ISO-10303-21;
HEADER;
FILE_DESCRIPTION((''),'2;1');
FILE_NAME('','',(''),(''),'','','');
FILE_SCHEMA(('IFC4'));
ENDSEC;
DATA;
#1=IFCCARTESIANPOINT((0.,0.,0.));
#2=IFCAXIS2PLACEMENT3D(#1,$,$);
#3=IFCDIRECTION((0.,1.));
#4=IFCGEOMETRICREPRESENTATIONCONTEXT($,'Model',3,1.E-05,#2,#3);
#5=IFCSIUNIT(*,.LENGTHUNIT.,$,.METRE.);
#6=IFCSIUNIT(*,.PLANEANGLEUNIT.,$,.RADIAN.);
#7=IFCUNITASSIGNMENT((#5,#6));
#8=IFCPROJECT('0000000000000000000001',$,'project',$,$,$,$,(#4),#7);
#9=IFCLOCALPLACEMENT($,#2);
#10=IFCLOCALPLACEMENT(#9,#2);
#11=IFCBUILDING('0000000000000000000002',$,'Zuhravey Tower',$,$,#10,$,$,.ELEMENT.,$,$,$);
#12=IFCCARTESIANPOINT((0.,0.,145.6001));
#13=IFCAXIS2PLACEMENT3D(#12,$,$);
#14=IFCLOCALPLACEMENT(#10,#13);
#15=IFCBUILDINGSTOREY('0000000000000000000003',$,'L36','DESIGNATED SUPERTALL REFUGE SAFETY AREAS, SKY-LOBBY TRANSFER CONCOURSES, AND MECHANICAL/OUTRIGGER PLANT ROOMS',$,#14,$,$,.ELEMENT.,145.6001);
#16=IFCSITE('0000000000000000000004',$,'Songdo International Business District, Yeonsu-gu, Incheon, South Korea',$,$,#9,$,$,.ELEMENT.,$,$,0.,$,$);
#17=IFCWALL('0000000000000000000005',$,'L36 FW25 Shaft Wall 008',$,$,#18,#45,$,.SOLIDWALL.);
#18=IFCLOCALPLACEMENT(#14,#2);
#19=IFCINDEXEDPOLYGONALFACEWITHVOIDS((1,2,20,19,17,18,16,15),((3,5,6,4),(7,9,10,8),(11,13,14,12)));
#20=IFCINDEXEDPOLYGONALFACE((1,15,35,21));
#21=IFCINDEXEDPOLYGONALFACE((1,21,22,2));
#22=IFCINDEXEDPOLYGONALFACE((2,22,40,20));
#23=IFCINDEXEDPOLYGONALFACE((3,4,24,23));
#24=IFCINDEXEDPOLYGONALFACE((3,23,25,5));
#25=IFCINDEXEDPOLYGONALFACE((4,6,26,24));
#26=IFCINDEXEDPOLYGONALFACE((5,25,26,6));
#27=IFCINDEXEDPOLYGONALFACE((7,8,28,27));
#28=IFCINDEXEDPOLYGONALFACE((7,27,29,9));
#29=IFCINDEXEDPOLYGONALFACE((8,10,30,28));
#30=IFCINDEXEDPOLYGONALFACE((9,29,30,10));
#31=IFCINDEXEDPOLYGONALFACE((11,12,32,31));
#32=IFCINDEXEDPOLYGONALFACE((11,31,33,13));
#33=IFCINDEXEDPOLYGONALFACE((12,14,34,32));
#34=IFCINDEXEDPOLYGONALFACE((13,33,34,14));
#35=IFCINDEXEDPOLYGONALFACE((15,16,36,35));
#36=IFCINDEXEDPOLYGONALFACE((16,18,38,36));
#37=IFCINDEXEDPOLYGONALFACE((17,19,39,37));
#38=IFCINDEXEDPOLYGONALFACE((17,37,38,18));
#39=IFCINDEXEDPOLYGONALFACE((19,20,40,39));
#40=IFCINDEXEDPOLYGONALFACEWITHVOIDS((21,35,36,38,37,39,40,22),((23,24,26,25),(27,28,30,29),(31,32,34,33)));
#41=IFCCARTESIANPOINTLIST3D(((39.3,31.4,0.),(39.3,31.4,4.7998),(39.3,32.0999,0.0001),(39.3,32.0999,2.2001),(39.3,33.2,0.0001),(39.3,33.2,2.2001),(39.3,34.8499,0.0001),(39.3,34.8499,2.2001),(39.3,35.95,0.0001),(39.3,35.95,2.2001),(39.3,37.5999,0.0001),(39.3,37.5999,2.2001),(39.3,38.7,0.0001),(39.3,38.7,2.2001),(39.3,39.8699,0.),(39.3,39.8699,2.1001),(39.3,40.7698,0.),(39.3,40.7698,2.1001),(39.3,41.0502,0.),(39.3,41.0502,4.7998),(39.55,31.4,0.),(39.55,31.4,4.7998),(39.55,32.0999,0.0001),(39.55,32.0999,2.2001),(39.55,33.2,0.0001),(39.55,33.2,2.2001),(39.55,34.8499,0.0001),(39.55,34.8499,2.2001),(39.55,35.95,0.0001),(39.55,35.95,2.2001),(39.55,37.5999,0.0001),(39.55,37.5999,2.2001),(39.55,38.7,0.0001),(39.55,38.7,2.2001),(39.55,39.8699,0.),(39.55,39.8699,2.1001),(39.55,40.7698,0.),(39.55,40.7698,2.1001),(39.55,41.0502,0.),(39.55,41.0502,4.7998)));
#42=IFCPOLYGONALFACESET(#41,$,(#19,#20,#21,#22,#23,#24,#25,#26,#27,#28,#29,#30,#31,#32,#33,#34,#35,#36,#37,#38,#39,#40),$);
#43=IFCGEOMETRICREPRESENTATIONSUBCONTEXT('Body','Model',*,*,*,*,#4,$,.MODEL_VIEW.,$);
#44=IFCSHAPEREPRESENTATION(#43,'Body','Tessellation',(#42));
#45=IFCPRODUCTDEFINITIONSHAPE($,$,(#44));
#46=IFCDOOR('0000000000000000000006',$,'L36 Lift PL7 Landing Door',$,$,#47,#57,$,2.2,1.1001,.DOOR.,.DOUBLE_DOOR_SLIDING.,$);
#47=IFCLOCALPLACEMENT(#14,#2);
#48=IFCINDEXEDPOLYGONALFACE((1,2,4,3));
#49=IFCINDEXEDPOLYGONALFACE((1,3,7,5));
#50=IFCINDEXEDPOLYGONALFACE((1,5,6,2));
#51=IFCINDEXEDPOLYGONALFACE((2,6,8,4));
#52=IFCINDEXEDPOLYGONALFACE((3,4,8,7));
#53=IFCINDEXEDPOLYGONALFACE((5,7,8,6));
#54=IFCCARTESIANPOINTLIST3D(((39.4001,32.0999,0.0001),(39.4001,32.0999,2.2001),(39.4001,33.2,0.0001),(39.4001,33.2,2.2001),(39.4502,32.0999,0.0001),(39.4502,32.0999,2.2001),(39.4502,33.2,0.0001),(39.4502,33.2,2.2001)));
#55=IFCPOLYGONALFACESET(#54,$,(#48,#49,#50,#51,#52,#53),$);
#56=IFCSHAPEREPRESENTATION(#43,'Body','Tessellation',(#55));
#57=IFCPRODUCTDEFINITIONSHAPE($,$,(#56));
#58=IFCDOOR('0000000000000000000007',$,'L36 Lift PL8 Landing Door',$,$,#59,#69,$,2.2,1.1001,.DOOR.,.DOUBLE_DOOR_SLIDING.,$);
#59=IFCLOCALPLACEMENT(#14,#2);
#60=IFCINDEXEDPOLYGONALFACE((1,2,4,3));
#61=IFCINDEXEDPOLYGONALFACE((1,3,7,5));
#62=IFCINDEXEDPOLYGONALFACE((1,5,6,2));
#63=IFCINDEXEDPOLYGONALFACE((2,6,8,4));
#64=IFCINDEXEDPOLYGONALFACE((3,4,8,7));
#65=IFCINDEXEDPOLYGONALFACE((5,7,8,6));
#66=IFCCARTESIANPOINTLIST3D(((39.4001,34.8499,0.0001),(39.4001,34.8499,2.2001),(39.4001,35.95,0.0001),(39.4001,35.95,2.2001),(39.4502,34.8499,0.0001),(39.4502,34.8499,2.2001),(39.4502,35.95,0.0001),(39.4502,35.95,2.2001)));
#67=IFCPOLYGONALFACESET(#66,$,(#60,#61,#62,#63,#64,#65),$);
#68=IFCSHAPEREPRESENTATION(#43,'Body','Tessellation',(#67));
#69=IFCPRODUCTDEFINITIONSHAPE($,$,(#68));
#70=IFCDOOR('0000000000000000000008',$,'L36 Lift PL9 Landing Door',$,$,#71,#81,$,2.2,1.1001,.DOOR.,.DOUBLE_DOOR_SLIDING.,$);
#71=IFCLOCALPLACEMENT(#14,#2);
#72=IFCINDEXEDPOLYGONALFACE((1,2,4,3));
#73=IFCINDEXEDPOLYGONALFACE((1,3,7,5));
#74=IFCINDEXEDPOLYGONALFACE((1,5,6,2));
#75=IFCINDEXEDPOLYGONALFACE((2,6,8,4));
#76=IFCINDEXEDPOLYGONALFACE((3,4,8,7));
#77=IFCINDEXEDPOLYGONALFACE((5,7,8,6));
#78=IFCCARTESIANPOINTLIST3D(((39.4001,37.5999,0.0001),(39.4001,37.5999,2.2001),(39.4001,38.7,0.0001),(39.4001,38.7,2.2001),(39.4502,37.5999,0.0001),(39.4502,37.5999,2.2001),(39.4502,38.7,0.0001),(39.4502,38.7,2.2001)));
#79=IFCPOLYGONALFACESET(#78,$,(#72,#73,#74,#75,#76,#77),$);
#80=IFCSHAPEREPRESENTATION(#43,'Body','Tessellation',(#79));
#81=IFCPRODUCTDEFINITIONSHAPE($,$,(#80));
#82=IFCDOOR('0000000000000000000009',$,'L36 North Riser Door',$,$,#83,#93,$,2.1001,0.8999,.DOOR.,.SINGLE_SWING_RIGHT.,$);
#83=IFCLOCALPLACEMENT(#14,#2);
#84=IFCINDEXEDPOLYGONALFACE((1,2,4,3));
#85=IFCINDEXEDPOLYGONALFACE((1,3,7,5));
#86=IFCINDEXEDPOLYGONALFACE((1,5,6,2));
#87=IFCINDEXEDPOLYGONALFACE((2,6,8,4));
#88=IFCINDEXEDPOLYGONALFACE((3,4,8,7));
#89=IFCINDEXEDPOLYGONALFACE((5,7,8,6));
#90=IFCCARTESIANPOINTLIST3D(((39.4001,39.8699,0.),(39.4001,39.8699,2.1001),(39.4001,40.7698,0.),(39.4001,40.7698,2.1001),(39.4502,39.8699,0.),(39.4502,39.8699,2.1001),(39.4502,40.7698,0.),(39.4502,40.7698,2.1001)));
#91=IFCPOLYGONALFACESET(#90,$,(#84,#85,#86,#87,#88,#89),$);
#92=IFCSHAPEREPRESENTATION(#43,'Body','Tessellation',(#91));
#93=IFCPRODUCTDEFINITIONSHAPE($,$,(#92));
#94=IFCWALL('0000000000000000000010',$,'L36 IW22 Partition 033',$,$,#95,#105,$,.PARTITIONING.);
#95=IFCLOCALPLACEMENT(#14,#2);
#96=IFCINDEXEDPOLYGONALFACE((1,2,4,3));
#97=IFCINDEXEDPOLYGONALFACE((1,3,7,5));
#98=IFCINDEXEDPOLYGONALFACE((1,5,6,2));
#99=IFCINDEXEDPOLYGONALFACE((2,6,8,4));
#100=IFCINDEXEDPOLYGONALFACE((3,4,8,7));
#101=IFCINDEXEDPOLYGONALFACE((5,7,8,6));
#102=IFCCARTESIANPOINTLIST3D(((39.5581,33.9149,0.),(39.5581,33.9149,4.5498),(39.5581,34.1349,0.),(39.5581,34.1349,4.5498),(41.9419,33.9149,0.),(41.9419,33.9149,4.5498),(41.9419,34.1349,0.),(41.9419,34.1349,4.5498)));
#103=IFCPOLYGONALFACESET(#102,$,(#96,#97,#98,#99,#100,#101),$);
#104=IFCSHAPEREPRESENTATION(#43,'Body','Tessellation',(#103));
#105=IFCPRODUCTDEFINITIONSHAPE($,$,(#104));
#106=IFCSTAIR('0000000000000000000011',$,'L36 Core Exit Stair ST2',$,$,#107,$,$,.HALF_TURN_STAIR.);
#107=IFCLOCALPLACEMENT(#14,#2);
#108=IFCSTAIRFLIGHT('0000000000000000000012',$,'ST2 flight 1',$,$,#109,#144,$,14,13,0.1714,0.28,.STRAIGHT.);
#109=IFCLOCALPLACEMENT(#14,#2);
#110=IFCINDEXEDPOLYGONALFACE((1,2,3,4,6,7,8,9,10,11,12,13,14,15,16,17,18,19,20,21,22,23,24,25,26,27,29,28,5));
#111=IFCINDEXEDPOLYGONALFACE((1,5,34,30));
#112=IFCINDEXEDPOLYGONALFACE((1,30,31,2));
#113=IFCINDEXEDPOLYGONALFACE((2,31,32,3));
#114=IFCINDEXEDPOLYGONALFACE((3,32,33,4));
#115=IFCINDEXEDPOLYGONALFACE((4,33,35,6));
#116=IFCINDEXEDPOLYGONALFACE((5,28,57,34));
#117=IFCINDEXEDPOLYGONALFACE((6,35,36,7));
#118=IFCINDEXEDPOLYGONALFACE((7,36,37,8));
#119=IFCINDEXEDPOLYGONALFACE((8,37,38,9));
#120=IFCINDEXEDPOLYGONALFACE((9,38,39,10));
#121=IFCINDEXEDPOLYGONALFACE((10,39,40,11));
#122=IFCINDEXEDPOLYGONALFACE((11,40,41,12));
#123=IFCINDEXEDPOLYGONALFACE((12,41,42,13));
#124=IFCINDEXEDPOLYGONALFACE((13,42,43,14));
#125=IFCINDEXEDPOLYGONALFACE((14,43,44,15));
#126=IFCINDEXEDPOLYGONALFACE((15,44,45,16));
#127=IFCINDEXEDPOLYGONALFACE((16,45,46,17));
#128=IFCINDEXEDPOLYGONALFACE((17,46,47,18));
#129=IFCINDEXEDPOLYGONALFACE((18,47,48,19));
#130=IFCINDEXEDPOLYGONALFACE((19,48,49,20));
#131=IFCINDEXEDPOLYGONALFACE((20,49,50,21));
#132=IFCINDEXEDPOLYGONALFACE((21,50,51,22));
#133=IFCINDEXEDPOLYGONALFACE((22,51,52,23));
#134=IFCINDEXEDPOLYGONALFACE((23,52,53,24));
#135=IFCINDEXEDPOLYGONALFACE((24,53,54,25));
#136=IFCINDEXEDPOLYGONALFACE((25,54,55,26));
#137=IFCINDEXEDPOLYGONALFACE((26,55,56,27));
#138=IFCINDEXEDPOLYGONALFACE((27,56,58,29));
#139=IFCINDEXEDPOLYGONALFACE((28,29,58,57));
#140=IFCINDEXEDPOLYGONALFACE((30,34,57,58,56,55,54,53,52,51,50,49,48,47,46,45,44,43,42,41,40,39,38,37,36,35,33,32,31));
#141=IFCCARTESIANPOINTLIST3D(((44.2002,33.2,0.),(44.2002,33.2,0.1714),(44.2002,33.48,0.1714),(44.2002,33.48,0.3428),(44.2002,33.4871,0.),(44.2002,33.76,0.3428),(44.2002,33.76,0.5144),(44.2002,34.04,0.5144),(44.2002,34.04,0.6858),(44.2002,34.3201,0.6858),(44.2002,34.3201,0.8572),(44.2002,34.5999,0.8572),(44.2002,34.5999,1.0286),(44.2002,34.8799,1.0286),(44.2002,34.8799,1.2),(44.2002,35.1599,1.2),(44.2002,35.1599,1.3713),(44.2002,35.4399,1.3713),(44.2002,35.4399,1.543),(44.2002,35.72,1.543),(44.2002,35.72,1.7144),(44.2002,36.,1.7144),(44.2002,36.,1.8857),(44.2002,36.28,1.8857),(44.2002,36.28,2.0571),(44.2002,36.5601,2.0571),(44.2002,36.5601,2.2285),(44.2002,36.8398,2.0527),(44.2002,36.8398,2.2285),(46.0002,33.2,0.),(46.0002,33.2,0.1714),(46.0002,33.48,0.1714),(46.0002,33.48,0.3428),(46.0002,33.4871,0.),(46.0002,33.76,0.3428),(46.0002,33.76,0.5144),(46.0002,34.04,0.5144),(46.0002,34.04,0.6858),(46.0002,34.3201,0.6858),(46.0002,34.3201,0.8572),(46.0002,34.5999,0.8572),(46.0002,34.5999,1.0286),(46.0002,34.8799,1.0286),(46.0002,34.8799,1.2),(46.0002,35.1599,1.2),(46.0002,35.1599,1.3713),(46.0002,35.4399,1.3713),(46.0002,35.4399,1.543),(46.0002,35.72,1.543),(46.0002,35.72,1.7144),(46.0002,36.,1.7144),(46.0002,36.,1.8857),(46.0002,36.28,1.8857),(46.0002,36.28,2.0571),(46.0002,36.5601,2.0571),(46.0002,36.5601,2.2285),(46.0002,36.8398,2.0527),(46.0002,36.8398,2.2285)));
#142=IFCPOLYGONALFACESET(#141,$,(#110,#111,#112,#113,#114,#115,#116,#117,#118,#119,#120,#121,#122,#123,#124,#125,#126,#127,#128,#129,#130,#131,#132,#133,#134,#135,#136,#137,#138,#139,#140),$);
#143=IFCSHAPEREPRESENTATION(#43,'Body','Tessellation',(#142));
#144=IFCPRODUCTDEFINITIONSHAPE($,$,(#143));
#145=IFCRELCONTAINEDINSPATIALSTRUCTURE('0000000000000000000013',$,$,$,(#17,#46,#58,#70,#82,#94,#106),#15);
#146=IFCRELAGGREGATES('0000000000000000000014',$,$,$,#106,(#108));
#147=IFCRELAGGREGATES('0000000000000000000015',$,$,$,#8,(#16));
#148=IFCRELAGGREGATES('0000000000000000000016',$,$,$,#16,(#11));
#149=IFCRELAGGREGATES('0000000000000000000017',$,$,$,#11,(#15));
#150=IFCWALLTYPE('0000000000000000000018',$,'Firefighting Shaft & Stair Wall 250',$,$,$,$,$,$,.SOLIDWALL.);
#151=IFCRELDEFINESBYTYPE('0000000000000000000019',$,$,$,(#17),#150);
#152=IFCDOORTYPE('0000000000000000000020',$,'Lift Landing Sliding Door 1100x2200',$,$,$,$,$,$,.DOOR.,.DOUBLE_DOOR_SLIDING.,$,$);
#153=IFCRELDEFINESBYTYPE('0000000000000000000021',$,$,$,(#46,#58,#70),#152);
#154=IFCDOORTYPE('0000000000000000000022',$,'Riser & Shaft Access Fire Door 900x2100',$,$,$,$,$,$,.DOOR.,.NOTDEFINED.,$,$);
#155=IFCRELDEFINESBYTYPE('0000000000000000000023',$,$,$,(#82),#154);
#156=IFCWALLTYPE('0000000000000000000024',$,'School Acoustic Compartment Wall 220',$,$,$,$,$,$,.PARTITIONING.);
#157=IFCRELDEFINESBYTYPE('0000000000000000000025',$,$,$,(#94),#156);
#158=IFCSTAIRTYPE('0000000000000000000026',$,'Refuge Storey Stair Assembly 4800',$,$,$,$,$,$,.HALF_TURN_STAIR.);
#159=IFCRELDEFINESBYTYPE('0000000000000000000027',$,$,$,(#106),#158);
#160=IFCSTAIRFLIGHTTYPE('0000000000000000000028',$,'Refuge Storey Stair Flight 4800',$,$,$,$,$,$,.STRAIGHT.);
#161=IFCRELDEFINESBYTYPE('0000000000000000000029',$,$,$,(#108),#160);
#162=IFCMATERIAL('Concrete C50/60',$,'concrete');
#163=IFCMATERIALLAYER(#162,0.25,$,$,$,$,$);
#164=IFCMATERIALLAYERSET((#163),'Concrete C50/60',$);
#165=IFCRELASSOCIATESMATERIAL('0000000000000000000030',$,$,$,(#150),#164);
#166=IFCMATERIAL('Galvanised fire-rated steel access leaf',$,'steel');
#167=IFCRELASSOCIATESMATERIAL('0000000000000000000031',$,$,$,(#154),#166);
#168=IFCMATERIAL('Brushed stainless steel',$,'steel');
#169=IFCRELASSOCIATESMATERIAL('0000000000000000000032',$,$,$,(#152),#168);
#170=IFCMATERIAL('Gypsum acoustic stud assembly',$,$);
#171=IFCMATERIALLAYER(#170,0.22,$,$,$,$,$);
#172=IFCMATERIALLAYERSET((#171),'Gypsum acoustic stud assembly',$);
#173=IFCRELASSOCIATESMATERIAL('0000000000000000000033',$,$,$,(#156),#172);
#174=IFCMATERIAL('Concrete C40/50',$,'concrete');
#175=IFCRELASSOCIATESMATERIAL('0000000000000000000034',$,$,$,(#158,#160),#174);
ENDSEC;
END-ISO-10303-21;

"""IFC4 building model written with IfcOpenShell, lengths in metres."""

from ifc_helpers import new_model, si_unit, direction, frame, frame_2d, origin, place, context, subcontext, project, spatial, polyline, rectangle, outline, extrude, material, layer, layer_set, type_object, element, fill, aggregate, save


model = new_model("IFC4")

# Units and contexts
model_context = context("Model", 3, precision=1e-05, world=origin(), true_north=direction((0.0, 1.0)))
body_context = subcontext(model_context, "Body", "Model", "MODEL_VIEW")
ifc_project = project(units=[si_unit("LENGTHUNIT", "METRE"), si_unit("PLANEANGLEUNIT", "RADIAN")], contexts=[model_context])

# Site, building, storey
site_placement = place(None, origin())
site = spatial("IfcSite", under=ifc_project, at=site_placement, Name="Songdo International Business District, Yeonsu-gu, Incheon, South Korea", CompositionType="ELEMENT", RefElevation=0.0)
building_placement = place(site_placement, origin())
building = spatial("IfcBuilding", under=site, at=building_placement, Name="Zuhravey Tower", CompositionType="ELEMENT")
storey_placement = place(building_placement, frame((0.0, 0.0, 145.6001)))
storey = spatial("IfcBuildingStorey", under=building, at=storey_placement, Name="L36", Description="DESIGNATED SUPERTALL REFUGE SAFETY AREAS, SKY-LOBBY TRANSFER CONCOURSES, AND MECHANICAL/OUTRIGGER PLANT ROOMS", CompositionType="ELEMENT", Elevation=145.6001)

# Shared definitions
ifc_material_1 = material(Name="Concrete C50/60", Category="concrete")
ifc_layer_1 = layer(ifc_material_1, 0.25)
ifc_layer_set_1 = layer_set([ifc_layer_1], Name="Concrete C50/60")
wall_type_1 = type_object("IfcWallType", Name="Firefighting Shaft & Stair Wall 250", PredefinedType="SOLIDWALL", material=ifc_layer_set_1)

# Wall, openings, doors
ifc_material_2 = material(Name="Galvanised fire-rated steel access leaf", Category="steel")
door_type_1 = type_object("IfcDoorType", Name="Riser & Shaft Access Fire Door 900x2100", OperationType="NOTDEFINED", PredefinedType="DOOR", material=ifc_material_2)
wall_1_placement = place(storey_placement, frame((39.425, 31.3999, 0.0), z_axis=(0.0, 0.0, 1.0), x_axis=(0.0, 1.0, 0.0)))
wall_1 = element("IfcWall", 1, at=wall_1_placement, inside=storey, type_object=wall_type_1, Name="L36 FW25 Shaft Wall 008", PredefinedType="SOLIDWALL", context=body_context, shape_type="SweptSolid", body=[
    extrude(rectangle(XDim=9.6501, YDim=0.25, at=frame_2d((4.8252, 0.0))), origin(), (0.0, 0.0, 1.0), 4.7998),
])
opening_1_placement = place(wall_1_placement, frame((0.7, 0.0, 0.0)))
opening_1 = element("IfcOpeningElement", 2, at=opening_1_placement, cuts=wall_1, PredefinedType="OPENING", context=body_context, shape_type="SweptSolid", body=[
    extrude(rectangle(XDim=1.1001, YDim=2.2, at=frame_2d((0.55, 1.1001))), frame((0.0, 0.137, 0.0), z_axis=(0.0, -1.0, 0.0), x_axis=(1.0, 0.0, 0.0)), (0.0, 0.0, 1.0), 0.2739),
])
opening_2_placement = place(wall_1_placement, frame((3.45, 0.0, 0.0)))
opening_2 = element("IfcOpeningElement", 3, at=opening_2_placement, cuts=wall_1, PredefinedType="OPENING", context=body_context, shape_type="SweptSolid", body=[
    extrude(rectangle(XDim=1.1001, YDim=2.2, at=frame_2d((0.55, 1.1001))), frame((0.0, 0.137, 0.0), z_axis=(0.0, -1.0, 0.0), x_axis=(1.0, 0.0, 0.0)), (0.0, 0.0, 1.0), 0.2739),
])
opening_3_placement = place(wall_1_placement, frame((6.2, 0.0, 0.0)))
opening_3 = element("IfcOpeningElement", 4, at=opening_3_placement, cuts=wall_1, PredefinedType="OPENING", context=body_context, shape_type="SweptSolid", body=[
    extrude(rectangle(XDim=1.1001, YDim=2.2, at=frame_2d((0.55, 1.1001))), frame((0.0, 0.137, 0.0), z_axis=(0.0, -1.0, 0.0), x_axis=(1.0, 0.0, 0.0)), (0.0, 0.0, 1.0), 0.2739),
])
opening_4_placement = place(wall_1_placement, frame((8.47, 0.0, 0.0)))
opening_4 = element("IfcOpeningElement", 5, at=opening_4_placement, cuts=wall_1, PredefinedType="OPENING", context=body_context, shape_type="SweptSolid", body=[
    extrude(rectangle(XDim=0.8999, YDim=2.1001, at=frame_2d((0.45, 1.05))), frame((0.0, 0.137, 0.0), z_axis=(0.0, -1.0, 0.0), x_axis=(1.0, 0.0, 0.0)), (0.0, 0.0, 1.0), 0.2739),
])
ifc_material_3 = material(Name="Brushed stainless steel", Category="steel")
door_type_2 = type_object("IfcDoorType", Name="Lift Landing Sliding Door 1100x2200", OperationType="DOUBLE_DOOR_SLIDING", PredefinedType="DOOR", material=ifc_material_3)
door_1_placement = place(opening_1_placement, origin())
door_1 = element("IfcDoor", 6, at=door_1_placement, inside=storey, type_object=door_type_2, Name="L36 Lift PL7 Landing Door", OperationType="DOUBLE_DOOR_SLIDING", OverallHeight=2.2, OverallWidth=1.1001, PredefinedType="DOOR", context=body_context, shape_type="SweptSolid", body=[
    extrude(rectangle(XDim=1.1001, YDim=2.2, at=frame_2d((0.55, 1.1001))), frame((0.0, 0.0249, 0.0), z_axis=(0.0, -1.0, 0.0), x_axis=(1.0, 0.0, 0.0)), (0.0, 0.0, 1.0), 0.05),
])
fill(opening_1, door_1)
door_2_placement = place(opening_2_placement, origin())
door_2 = element("IfcDoor", 7, at=door_2_placement, inside=storey, type_object=door_type_2, Name="L36 Lift PL8 Landing Door", OperationType="DOUBLE_DOOR_SLIDING", OverallHeight=2.2, OverallWidth=1.1001, PredefinedType="DOOR", context=body_context, shape_type="SweptSolid", body=[
    extrude(rectangle(XDim=1.1001, YDim=2.2, at=frame_2d((0.55, 1.1001))), frame((0.0, 0.0249, 0.0), z_axis=(0.0, -1.0, 0.0), x_axis=(1.0, 0.0, 0.0)), (0.0, 0.0, 1.0), 0.05),
])
fill(opening_2, door_2)
door_3_placement = place(opening_3_placement, origin())
door_3 = element("IfcDoor", 8, at=door_3_placement, inside=storey, type_object=door_type_2, Name="L36 Lift PL9 Landing Door", OperationType="DOUBLE_DOOR_SLIDING", OverallHeight=2.2, OverallWidth=1.1001, PredefinedType="DOOR", context=body_context, shape_type="SweptSolid", body=[
    extrude(rectangle(XDim=1.1001, YDim=2.2, at=frame_2d((0.55, 1.1001))), frame((0.0, 0.0249, 0.0), z_axis=(0.0, -1.0, 0.0), x_axis=(1.0, 0.0, 0.0)), (0.0, 0.0, 1.0), 0.05),
])
fill(opening_3, door_3)
door_4_placement = place(opening_4_placement, origin())
door_4 = element("IfcDoor", 9, at=door_4_placement, inside=storey, type_object=door_type_1, Name="L36 North Riser Door", OperationType="SINGLE_SWING_RIGHT", OverallHeight=2.1001, OverallWidth=0.8999, PredefinedType="DOOR", context=body_context, shape_type="SweptSolid", body=[
    extrude(rectangle(XDim=0.8999, YDim=2.1001, at=frame_2d((0.45, 1.05))), frame((0.0, 0.0249, 0.0), z_axis=(0.0, -1.0, 0.0), x_axis=(1.0, 0.0, 0.0)), (0.0, 0.0, 1.0), 0.05),
])
fill(opening_4, door_4)

# Wall
ifc_material_4 = material(Name="Gypsum acoustic stud assembly")
ifc_layer_2 = layer(ifc_material_4, 0.22)
ifc_layer_set_2 = layer_set([ifc_layer_2], Name="Gypsum acoustic stud assembly")
wall_type_2 = type_object("IfcWallType", Name="School Acoustic Compartment Wall 220", PredefinedType="PARTITIONING", material=ifc_layer_set_2)
wall_2_placement = place(storey_placement, frame((39.5581, 34.0249, 0.0), z_axis=(0.0, 0.0, 1.0), x_axis=(1.0, 0.0, 0.0)))
element("IfcWall", 10, at=wall_2_placement, inside=storey, type_object=wall_type_2, Name="L36 IW22 Partition 033", PredefinedType="PARTITIONING", context=body_context, shape_type="SweptSolid", body=[
    extrude(rectangle(XDim=2.3838, YDim=0.22, at=frame_2d((1.1919, 0.0))), origin(), (0.0, 0.0, 1.0), 4.5498),
])

# Stair, stair flight
ifc_material_5 = material(Name="Concrete C40/50", Category="concrete")
stair_type = type_object("IfcStairType", Name="Refuge Storey Stair Assembly 4800", PredefinedType="HALF_TURN_STAIR", material=ifc_material_5)
stair_placement = place(storey_placement, origin())
stair = element("IfcStair", 11, at=stair_placement, inside=storey, type_object=stair_type, Name="L36 Core Exit Stair ST2", PredefinedType="HALF_TURN_STAIR")
stair_flight_type = type_object("IfcStairFlightType", Name="Refuge Storey Stair Flight 4800", PredefinedType="STRAIGHT", material=ifc_material_5)
stair_flight_placement = place(storey_placement, frame((45.1001, 33.2, 0.0), z_axis=(0.0, 0.0, 1.0), x_axis=(0.0, 1.0, 0.0)))
stair_flight = element("IfcStairFlight", 12, at=stair_flight_placement, type_object=stair_flight_type, Name="ST2 flight 1", NumberOfRisers=14, NumberOfTreads=13, PredefinedType="STRAIGHT", RiserHeight=0.1714, TreadLength=0.28, context=body_context, shape_type="SweptSolid", body=[
    extrude(outline(polyline([(0.0, 0.0), (0.0, 0.1714), (0.28, 0.1714), (0.28, 0.3428), (0.5601, 0.3428), (0.5601, 0.5144), (0.8401, 0.5144), (0.8401, 0.6858), (1.1201, 0.6858), (1.1201, 0.8572), (1.3999, 0.8572), (1.3999, 1.0286), (1.6799, 1.0286), (1.6799, 1.2), (1.96, 1.2), (1.96, 1.3713), (2.24, 1.3713), (2.24, 1.543), (2.52, 1.543), (2.52, 1.7144), (2.8, 1.7144), (2.8, 1.8857), (3.0801, 1.8857), (3.0801, 2.0571), (3.3601, 2.0571), (3.3601, 2.2285), (3.6399, 2.2285), (3.6399, 2.3999), (3.6399, 2.0527), (0.2871, 0.0), (0.0, 0.0)])), frame((0.0, 0.8999, 0.0), z_axis=(0.0, -1.0, 0.0), x_axis=(1.0, 0.0, 0.0)), (0.0, 0.0, 1.0), 1.8),
])
aggregate(stair, [stair_flight])

save(model, "model.ifc")
